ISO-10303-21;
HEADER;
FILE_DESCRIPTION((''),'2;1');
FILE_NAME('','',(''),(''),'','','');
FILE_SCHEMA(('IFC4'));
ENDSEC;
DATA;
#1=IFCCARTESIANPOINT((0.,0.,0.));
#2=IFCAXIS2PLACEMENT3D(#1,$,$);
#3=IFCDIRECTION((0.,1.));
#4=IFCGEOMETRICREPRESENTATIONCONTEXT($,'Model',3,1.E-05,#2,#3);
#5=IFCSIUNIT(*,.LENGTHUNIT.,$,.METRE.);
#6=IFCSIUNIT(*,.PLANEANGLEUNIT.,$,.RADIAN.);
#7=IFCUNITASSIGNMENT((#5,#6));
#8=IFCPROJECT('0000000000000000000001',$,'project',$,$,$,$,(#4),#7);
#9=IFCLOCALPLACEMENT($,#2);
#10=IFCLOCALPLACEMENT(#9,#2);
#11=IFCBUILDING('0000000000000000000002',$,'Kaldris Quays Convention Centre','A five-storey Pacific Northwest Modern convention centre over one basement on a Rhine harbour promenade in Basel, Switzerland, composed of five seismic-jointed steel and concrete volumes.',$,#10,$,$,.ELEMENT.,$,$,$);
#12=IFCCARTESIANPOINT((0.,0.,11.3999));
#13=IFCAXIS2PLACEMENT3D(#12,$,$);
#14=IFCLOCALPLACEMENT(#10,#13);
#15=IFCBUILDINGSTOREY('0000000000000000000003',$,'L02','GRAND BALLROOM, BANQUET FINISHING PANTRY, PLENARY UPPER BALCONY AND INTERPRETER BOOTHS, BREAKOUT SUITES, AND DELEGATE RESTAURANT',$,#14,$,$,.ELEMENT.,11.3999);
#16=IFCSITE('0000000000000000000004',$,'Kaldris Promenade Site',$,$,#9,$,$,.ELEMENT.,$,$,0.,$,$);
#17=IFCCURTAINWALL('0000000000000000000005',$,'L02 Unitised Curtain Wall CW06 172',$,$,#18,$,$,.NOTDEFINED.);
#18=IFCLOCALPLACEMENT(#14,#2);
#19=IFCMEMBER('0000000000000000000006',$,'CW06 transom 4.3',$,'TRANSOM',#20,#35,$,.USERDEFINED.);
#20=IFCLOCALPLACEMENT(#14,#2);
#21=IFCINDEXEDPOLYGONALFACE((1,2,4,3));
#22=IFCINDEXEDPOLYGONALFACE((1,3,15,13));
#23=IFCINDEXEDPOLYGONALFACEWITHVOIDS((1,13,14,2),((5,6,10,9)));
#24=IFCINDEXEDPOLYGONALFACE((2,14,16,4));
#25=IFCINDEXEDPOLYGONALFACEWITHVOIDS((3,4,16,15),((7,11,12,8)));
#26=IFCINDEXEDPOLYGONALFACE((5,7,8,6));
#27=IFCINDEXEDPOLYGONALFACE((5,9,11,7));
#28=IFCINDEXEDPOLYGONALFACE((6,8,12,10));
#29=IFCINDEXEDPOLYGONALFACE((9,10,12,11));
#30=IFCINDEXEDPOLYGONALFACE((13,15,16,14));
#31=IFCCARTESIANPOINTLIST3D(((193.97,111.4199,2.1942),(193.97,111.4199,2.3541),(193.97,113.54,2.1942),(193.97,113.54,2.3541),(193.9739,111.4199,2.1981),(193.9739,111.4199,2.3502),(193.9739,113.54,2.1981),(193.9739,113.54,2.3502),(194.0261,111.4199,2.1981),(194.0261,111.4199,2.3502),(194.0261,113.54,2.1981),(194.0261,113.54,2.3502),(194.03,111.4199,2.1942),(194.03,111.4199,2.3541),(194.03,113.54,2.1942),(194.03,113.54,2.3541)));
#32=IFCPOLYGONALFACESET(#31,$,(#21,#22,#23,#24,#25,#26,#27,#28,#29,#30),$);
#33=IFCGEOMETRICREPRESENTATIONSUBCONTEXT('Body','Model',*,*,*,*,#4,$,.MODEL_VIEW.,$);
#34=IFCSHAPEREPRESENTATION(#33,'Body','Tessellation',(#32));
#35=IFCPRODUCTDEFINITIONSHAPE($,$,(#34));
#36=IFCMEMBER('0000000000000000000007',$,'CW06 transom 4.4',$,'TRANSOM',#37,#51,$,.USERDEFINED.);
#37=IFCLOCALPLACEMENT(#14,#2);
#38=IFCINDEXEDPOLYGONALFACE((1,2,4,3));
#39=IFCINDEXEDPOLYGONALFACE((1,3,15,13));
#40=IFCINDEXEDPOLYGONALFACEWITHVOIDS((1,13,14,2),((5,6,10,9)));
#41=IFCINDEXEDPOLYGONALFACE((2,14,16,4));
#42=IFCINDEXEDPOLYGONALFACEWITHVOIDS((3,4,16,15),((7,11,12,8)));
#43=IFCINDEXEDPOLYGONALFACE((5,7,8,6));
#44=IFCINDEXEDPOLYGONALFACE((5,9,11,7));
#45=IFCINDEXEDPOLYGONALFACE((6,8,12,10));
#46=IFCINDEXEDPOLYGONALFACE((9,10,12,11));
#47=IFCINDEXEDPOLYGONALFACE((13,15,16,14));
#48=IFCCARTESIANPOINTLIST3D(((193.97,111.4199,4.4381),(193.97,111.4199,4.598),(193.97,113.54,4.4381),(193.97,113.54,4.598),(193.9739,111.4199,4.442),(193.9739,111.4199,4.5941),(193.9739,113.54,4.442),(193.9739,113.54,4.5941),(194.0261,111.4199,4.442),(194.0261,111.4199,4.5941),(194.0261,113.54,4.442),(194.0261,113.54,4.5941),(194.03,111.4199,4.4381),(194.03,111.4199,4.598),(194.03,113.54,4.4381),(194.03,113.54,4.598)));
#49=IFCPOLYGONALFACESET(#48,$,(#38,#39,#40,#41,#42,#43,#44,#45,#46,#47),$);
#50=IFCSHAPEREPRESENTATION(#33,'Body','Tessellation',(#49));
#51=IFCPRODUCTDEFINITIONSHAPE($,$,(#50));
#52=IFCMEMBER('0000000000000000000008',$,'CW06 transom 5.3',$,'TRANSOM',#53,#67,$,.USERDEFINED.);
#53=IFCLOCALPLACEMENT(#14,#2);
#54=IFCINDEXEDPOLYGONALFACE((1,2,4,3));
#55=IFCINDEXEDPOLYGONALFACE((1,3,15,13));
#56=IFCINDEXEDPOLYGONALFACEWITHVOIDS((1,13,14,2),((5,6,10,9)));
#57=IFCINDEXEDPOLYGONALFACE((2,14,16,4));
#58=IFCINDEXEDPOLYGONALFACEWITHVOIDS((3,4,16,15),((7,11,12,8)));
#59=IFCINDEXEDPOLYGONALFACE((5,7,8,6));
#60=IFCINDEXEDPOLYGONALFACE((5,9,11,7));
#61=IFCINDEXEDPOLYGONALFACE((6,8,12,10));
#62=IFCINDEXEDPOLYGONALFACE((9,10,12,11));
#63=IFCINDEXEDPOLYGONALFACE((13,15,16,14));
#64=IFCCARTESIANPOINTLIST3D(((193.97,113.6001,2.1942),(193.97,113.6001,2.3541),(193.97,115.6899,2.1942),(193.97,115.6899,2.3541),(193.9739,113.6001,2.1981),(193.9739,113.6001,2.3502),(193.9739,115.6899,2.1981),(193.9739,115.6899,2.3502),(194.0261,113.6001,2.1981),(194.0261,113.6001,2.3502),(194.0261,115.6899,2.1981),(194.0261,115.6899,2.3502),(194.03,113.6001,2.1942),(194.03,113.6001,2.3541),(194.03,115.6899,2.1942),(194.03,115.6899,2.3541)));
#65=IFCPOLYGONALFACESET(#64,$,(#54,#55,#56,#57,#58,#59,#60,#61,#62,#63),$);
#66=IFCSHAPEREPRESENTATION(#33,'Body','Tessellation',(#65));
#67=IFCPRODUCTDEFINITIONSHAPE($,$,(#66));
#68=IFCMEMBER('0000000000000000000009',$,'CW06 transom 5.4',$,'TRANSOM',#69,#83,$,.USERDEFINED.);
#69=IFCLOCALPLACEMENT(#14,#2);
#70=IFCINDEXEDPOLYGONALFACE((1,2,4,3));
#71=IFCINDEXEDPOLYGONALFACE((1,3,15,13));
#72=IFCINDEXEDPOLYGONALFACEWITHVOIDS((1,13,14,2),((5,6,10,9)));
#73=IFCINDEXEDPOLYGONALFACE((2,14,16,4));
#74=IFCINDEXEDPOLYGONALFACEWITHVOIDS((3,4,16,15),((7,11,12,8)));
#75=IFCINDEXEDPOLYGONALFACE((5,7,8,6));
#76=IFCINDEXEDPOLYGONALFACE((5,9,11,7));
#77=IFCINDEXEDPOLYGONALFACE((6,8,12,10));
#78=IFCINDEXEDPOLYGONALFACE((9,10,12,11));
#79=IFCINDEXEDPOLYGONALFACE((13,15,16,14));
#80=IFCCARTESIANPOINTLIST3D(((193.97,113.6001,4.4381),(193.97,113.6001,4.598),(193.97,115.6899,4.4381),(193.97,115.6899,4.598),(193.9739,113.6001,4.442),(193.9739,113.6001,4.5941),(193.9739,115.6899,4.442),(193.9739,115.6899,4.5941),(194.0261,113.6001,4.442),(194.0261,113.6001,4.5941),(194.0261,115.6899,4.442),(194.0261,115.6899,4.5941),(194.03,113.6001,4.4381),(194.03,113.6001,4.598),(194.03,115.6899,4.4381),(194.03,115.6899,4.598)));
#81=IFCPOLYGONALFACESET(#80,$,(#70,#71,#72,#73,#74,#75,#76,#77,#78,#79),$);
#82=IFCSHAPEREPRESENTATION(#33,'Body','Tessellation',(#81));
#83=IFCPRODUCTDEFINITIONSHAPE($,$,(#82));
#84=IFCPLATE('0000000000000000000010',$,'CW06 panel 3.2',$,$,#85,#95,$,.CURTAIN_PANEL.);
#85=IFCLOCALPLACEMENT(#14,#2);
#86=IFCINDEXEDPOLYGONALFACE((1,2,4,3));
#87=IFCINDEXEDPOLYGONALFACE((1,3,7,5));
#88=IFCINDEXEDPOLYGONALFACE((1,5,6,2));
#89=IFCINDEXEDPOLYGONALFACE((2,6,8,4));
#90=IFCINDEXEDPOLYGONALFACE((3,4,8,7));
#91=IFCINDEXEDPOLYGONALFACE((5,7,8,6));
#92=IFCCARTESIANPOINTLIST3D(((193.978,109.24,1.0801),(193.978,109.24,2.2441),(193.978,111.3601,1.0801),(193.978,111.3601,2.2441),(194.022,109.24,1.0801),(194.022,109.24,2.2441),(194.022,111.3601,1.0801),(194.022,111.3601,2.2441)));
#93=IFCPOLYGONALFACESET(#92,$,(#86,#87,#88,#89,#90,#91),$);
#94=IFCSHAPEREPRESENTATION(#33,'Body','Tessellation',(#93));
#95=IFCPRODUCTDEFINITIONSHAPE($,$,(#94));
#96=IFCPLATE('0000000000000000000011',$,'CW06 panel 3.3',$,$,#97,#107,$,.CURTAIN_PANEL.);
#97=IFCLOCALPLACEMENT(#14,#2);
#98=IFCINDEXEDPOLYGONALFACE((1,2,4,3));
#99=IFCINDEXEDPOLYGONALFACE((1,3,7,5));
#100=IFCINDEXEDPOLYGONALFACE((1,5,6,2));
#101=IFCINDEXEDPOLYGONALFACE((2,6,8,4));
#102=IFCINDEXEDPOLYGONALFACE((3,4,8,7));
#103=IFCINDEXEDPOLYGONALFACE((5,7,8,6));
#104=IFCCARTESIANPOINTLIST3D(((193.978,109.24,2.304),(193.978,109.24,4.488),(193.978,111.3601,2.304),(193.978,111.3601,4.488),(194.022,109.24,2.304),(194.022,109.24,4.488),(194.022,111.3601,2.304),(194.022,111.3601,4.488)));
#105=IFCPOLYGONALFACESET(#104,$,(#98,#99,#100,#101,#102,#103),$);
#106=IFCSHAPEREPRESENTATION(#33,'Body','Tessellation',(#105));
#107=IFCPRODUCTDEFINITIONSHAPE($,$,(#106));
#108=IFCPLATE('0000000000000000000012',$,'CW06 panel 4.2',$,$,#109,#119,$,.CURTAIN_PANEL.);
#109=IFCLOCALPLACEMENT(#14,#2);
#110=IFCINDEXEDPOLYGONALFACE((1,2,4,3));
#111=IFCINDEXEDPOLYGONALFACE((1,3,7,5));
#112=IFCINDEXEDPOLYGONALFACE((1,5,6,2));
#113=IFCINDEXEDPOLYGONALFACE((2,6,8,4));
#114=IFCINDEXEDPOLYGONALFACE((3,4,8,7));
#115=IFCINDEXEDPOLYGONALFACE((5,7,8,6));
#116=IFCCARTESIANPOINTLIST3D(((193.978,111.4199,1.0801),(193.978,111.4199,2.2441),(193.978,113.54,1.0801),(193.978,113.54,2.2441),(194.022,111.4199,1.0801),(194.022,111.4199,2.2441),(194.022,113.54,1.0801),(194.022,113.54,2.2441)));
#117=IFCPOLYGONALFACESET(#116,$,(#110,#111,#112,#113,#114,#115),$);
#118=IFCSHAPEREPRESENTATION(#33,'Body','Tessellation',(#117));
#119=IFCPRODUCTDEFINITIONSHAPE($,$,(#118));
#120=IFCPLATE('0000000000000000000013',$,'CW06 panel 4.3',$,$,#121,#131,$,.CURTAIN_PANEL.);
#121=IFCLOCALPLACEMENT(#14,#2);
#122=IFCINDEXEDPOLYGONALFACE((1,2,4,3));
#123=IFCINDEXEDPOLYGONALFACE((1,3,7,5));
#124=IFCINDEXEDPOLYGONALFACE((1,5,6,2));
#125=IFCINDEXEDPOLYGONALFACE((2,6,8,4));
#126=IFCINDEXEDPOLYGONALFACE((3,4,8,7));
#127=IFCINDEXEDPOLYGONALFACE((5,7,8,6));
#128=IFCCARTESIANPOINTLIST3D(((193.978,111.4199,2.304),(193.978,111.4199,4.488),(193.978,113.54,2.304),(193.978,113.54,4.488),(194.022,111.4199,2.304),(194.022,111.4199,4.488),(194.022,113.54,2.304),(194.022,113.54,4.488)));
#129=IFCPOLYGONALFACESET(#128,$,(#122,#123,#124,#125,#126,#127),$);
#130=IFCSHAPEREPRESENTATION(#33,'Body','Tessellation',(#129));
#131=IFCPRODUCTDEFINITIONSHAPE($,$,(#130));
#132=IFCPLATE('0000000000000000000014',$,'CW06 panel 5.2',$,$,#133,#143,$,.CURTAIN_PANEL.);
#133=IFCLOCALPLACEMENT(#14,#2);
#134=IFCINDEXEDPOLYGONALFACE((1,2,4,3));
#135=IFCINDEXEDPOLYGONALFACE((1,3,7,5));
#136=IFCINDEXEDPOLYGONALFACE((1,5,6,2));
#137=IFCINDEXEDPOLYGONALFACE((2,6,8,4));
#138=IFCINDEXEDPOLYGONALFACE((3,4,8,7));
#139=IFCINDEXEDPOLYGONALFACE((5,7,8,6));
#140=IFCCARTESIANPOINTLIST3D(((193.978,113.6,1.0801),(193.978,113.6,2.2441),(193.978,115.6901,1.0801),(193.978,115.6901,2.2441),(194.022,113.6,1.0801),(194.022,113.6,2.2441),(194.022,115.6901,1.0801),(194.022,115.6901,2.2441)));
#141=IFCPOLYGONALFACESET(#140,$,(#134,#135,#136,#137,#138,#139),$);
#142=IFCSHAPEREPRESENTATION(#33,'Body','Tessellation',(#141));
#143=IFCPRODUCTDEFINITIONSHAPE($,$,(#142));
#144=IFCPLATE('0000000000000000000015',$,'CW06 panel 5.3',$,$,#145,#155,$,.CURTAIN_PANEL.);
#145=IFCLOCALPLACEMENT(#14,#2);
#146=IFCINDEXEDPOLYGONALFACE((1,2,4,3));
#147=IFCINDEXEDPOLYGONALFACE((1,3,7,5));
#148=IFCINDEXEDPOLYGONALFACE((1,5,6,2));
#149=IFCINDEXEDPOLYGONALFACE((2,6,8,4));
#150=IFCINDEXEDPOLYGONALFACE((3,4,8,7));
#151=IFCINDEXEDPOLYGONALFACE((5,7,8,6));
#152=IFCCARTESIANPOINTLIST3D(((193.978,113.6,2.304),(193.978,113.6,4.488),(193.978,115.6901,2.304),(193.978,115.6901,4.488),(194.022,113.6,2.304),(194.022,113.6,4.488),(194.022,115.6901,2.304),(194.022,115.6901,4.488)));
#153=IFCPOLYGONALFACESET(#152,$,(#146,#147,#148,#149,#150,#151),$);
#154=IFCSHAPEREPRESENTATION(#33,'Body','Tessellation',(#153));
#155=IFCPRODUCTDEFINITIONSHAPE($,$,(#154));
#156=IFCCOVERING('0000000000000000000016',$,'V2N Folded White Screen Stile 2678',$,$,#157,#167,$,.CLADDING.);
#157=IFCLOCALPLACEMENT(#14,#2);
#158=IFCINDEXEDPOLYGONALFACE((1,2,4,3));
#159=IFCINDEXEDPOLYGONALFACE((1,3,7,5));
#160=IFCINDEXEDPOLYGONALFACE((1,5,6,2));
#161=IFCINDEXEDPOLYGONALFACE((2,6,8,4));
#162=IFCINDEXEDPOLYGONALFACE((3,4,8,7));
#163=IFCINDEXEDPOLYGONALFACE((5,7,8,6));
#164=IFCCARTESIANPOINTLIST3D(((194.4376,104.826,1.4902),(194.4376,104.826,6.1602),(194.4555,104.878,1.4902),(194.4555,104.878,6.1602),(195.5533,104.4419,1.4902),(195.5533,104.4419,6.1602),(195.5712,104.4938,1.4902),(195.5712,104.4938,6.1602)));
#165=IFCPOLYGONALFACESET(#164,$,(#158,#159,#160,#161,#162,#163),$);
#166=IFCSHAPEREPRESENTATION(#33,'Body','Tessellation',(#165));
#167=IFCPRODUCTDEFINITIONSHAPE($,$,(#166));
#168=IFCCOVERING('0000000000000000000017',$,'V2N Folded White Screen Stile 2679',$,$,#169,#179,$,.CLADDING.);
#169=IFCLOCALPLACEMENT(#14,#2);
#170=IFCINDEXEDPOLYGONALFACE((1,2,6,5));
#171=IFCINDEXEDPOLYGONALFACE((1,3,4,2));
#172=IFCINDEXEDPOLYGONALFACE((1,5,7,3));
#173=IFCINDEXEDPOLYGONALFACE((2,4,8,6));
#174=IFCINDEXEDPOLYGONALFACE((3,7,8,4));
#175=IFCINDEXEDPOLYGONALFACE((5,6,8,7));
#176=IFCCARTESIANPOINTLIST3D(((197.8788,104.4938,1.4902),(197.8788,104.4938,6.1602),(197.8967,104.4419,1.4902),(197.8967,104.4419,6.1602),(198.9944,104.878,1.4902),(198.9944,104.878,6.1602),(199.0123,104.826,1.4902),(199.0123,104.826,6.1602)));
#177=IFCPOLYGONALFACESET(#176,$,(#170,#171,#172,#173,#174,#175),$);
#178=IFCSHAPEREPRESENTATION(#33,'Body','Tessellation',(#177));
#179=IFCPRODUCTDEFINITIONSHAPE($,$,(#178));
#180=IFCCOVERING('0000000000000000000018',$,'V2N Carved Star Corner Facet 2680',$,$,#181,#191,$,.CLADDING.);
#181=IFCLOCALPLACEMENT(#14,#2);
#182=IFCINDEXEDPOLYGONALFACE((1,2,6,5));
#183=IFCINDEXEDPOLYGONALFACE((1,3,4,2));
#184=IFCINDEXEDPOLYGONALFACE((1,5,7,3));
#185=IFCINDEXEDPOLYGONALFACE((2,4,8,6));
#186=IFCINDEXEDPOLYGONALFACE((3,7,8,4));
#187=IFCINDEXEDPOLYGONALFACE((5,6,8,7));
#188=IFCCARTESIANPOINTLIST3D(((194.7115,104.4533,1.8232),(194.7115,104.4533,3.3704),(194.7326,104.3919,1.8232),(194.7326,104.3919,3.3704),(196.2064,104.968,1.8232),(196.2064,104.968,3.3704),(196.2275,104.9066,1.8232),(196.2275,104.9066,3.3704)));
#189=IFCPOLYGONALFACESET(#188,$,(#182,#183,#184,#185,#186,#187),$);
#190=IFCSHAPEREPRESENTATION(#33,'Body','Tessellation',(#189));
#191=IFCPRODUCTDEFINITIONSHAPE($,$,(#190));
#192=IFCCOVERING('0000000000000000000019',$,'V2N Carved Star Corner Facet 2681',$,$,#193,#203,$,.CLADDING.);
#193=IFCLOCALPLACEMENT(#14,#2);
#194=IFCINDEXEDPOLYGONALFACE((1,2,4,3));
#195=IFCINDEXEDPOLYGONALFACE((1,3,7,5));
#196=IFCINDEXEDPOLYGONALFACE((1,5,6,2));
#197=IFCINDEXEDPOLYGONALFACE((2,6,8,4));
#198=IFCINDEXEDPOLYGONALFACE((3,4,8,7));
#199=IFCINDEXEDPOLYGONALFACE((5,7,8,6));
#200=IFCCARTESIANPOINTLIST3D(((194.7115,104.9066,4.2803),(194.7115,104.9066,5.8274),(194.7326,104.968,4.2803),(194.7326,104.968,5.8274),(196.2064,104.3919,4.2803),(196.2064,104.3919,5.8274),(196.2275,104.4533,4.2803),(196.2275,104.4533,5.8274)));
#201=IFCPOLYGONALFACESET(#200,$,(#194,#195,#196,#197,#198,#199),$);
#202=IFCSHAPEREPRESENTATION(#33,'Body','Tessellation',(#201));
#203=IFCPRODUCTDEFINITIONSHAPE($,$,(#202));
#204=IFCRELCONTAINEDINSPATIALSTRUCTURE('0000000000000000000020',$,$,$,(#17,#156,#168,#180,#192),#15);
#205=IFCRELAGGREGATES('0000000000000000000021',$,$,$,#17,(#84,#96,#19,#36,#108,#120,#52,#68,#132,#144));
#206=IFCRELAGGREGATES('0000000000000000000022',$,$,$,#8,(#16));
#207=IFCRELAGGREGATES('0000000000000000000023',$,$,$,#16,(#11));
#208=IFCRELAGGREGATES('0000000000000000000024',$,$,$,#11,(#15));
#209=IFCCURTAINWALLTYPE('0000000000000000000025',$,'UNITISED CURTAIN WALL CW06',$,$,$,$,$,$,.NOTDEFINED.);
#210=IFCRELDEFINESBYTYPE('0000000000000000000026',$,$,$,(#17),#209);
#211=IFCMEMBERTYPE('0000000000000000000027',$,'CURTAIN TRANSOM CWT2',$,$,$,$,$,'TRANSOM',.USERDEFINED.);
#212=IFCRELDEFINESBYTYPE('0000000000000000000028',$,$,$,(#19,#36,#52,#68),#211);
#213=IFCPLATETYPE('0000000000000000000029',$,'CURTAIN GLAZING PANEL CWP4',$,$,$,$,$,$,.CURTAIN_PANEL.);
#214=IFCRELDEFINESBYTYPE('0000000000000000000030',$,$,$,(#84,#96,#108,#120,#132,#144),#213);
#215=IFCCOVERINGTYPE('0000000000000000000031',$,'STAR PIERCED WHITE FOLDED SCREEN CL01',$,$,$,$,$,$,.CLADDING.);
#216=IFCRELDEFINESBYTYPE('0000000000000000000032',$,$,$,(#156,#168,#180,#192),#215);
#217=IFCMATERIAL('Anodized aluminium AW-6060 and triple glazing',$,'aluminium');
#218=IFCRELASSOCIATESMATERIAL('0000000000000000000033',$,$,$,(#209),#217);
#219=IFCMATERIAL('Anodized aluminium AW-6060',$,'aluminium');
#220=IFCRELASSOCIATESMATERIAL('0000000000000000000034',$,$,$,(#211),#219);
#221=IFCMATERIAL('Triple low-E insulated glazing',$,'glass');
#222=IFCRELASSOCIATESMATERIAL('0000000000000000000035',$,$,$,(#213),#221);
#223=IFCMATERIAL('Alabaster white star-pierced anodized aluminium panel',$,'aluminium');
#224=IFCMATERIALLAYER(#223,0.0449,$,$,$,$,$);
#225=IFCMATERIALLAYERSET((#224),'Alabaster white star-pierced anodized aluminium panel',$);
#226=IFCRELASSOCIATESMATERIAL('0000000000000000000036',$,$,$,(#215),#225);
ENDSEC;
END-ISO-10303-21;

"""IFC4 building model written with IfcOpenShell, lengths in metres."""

from ifc_helpers import new_model, si_unit, direction, frame, origin, origin_2d, place, context, subcontext, project, spatial, rectangle, hollow_rectangle, extrude, material, layer, layer_set, material_profile, profile_set, type_object, element, aggregate, save


model = new_model("IFC4")

# Units and contexts
model_context = context("Model", 3, precision=1e-05, world=origin(), true_north=direction((0.0, 1.0)))
body_context = subcontext(model_context, "Body", "Model", "MODEL_VIEW")
ifc_project = project(units=[si_unit("LENGTHUNIT", "METRE"), si_unit("PLANEANGLEUNIT", "RADIAN")], contexts=[model_context])

# Site, building, storey
site_placement = place(None, origin())
site = spatial("IfcSite", under=ifc_project, at=site_placement, Name="Kaldris Promenade Site", CompositionType="ELEMENT", RefElevation=0.0)
building_placement = place(site_placement, origin())
building = spatial("IfcBuilding", under=site, at=building_placement, Name="Kaldris Quays Convention Centre", Description="A five-storey Pacific Northwest Modern convention centre over one basement on a Rhine harbour promenade in Basel, Switzerland, composed of five seismic-jointed steel and concrete volumes.", CompositionType="ELEMENT")
storey_placement = place(building_placement, frame((0.0, 0.0, 11.3999)))
storey = spatial("IfcBuildingStorey", under=building, at=storey_placement, Name="L02", Description="GRAND BALLROOM, BANQUET FINISHING PANTRY, PLENARY UPPER BALCONY AND INTERPRETER BOOTHS, BREAKOUT SUITES, AND DELEGATE RESTAURANT", CompositionType="ELEMENT", Elevation=11.3999)

# Curtain wall, members, plates
ifc_material_1 = material(Name="Anodized aluminium AW-6060 and triple glazing", Category="aluminium")
curtain_wall_type = type_object("IfcCurtainWallType", Name="UNITISED CURTAIN WALL CW06", PredefinedType="NOTDEFINED", material=ifc_material_1)
curtain_wall_placement = place(storey_placement, origin())
curtain_wall = element("IfcCurtainWall", 1, at=curtain_wall_placement, inside=storey, type_object=curtain_wall_type, Name="L02 Unitised Curtain Wall CW06 172", PredefinedType="NOTDEFINED")
ifc_material_2 = material(Name="Anodized aluminium AW-6060", Category="aluminium")
ifc_material_profile = material_profile(ifc_material_2, hollow_rectangle(XDim=0.0601, YDim=0.1599, WallThickness=0.0039, at=origin_2d()), Name="RHS 160x60x4")
ifc_profile_set = profile_set([ifc_material_profile], Name="Anodized aluminium AW-6060")
member_type = type_object("IfcMemberType", Name="CURTAIN TRANSOM CWT2", ElementType="TRANSOM", PredefinedType="USERDEFINED", material=ifc_profile_set)
member_1_placement = place(storey_placement, frame((194.0, 111.4199, 2.2742), z_axis=(0.0, 1.0, 0.0), x_axis=(-1.0, 0.0, 0.0)))
member_1 = element("IfcMember", 2, at=member_1_placement, type_object=member_type, Name="CW06 transom 4.3", ObjectType="TRANSOM", PredefinedType="USERDEFINED", context=body_context, shape_type="SweptSolid", body=[
    extrude(hollow_rectangle(XDim=0.0601, YDim=0.1599, WallThickness=0.0039, at=origin_2d()), origin(), (0.0, 0.0, 1.0), 2.1201),
])
member_2_placement = place(storey_placement, frame((194.0, 111.4199, 4.5181), z_axis=(0.0, 1.0, 0.0), x_axis=(-1.0, 0.0, 0.0)))
member_2 = element("IfcMember", 3, at=member_2_placement, type_object=member_type, Name="CW06 transom 4.4", ObjectType="TRANSOM", PredefinedType="USERDEFINED", context=body_context, shape_type="SweptSolid", body=[
    extrude(hollow_rectangle(XDim=0.0601, YDim=0.1599, WallThickness=0.0039, at=origin_2d()), origin(), (0.0, 0.0, 1.0), 2.1201),
])
member_3_placement = place(storey_placement, frame((194.0, 113.6001, 2.2742), z_axis=(0.0, 1.0, 0.0), x_axis=(-1.0, 0.0, 0.0)))
member_3 = element("IfcMember", 4, at=member_3_placement, type_object=member_type, Name="CW06 transom 5.3", ObjectType="TRANSOM", PredefinedType="USERDEFINED", context=body_context, shape_type="SweptSolid", body=[
    extrude(hollow_rectangle(XDim=0.0601, YDim=0.1599, WallThickness=0.0039, at=origin_2d()), origin(), (0.0, 0.0, 1.0), 2.0898),
])
member_4_placement = place(storey_placement, frame((194.0, 113.6001, 4.5181), z_axis=(0.0, 1.0, 0.0), x_axis=(-1.0, 0.0, 0.0)))
member_4 = element("IfcMember", 5, at=member_4_placement, type_object=member_type, Name="CW06 transom 5.4", ObjectType="TRANSOM", PredefinedType="USERDEFINED", context=body_context, shape_type="SweptSolid", body=[
    extrude(hollow_rectangle(XDim=0.0601, YDim=0.1599, WallThickness=0.0039, at=origin_2d()), origin(), (0.0, 0.0, 1.0), 2.0898),
])
ifc_material_3 = material(Name="Triple low-E insulated glazing", Category="glass")
plate_type = type_object("IfcPlateType", Name="CURTAIN GLAZING PANEL CWP4", PredefinedType="CURTAIN_PANEL", material=ifc_material_3)
plate_1_placement = place(storey_placement, frame((194.0, 110.3, 1.0801), z_axis=(0.0, 0.0, 1.0), x_axis=(0.0, 1.0, 0.0)))
plate_1 = element("IfcPlate", 6, at=plate_1_placement, type_object=plate_type, Name="CW06 panel 3.2", PredefinedType="CURTAIN_PANEL", context=body_context, shape_type="SweptSolid", body=[
    extrude(rectangle(XDim=2.1201, YDim=0.0439, at=origin_2d()), origin(), (0.0, 0.0, 1.0), 1.1641),
])
plate_2_placement = place(storey_placement, frame((194.0, 110.3, 2.304), z_axis=(0.0, 0.0, 1.0), x_axis=(0.0, 1.0, 0.0)))
plate_2 = element("IfcPlate", 7, at=plate_2_placement, type_object=plate_type, Name="CW06 panel 3.3", PredefinedType="CURTAIN_PANEL", context=body_context, shape_type="SweptSolid", body=[
    extrude(rectangle(XDim=2.1201, YDim=0.0439, at=origin_2d()), origin(), (0.0, 0.0, 1.0), 2.1841),
])
plate_3_placement = place(storey_placement, frame((194.0, 112.48, 1.0801), z_axis=(0.0, 0.0, 1.0), x_axis=(0.0, 1.0, 0.0)))
plate_3 = element("IfcPlate", 8, at=plate_3_placement, type_object=plate_type, Name="CW06 panel 4.2", PredefinedType="CURTAIN_PANEL", context=body_context, shape_type="SweptSolid", body=[
    extrude(rectangle(XDim=2.1201, YDim=0.0439, at=origin_2d()), origin(), (0.0, 0.0, 1.0), 1.1641),
])
plate_4_placement = place(storey_placement, frame((194.0, 112.48, 2.304), z_axis=(0.0, 0.0, 1.0), x_axis=(0.0, 1.0, 0.0)))
plate_4 = element("IfcPlate", 9, at=plate_4_placement, type_object=plate_type, Name="CW06 panel 4.3", PredefinedType="CURTAIN_PANEL", context=body_context, shape_type="SweptSolid", body=[
    extrude(rectangle(XDim=2.1201, YDim=0.0439, at=origin_2d()), origin(), (0.0, 0.0, 1.0), 2.1841),
])
plate_5_placement = place(storey_placement, frame((194.0, 114.645, 1.0801), z_axis=(0.0, 0.0, 1.0), x_axis=(0.0, 1.0, 0.0)))
plate_5 = element("IfcPlate", 10, at=plate_5_placement, type_object=plate_type, Name="CW06 panel 5.2", PredefinedType="CURTAIN_PANEL", context=body_context, shape_type="SweptSolid", body=[
    extrude(rectangle(XDim=2.0901, YDim=0.0439, at=origin_2d()), origin(), (0.0, 0.0, 1.0), 1.1641),
])
plate_6_placement = place(storey_placement, frame((194.0, 114.645, 2.304), z_axis=(0.0, 0.0, 1.0), x_axis=(0.0, 1.0, 0.0)))
plate_6 = element("IfcPlate", 11, at=plate_6_placement, type_object=plate_type, Name="CW06 panel 5.3", PredefinedType="CURTAIN_PANEL", context=body_context, shape_type="SweptSolid", body=[
    extrude(rectangle(XDim=2.0901, YDim=0.0439, at=origin_2d()), origin(), (0.0, 0.0, 1.0), 2.1841),
])
aggregate(curtain_wall, [plate_1, plate_2, member_1, member_2, plate_3, plate_4, member_3, member_4, plate_5, plate_6])

# Coverings
ifc_material_4 = material(Name="Alabaster white star-pierced anodized aluminium panel", Category="aluminium")
ifc_layer = layer(ifc_material_4, 0.0449)
ifc_layer_set = layer_set([ifc_layer], Name="Alabaster white star-pierced anodized aluminium panel")
covering_type = type_object("IfcCoveringType", Name="STAR PIERCED WHITE FOLDED SCREEN CL01", PredefinedType="CLADDING", material=ifc_layer_set)
for number, where, z_axis, x_axis, name in (
    (12, (195.0044, 104.6599, 1.4902), (0.0, 0.0, 1.0), (0.945519, -0.325568, 0.0), "V2N Folded White Screen Stile 2678"),
    (13, (198.4456, 104.6599, 1.4902), (0.0, 0.0, 1.0), (0.945519, 0.325568, 0.0), "V2N Folded White Screen Stile 2679"),
):
    element("IfcCovering", number, at=place(storey_placement, frame(where, z_axis=z_axis, x_axis=x_axis)), inside=storey, type_object=covering_type, Name=name, PredefinedType="CLADDING", context=body_context, shape_type="SweptSolid", body=[
        extrude(rectangle(XDim=1.1799, YDim=0.0549, at=origin_2d()), origin(), (0.0, 0.0, 1.0), 4.6699),
    ])
for number, where, z_axis, x_axis, name in (
    (14, (195.4695, 104.6799, 1.8232), (0.0, 0.0, 1.0), (0.945519, 0.325568, 0.0), "V2N Carved Star Corner Facet 2680"),
    (15, (195.4695, 104.6799, 4.2803), (0.0, 0.0, 1.0), (0.945519, -0.325568, 0.0), "V2N Carved Star Corner Facet 2681"),
):
    element("IfcCovering", number, at=place(storey_placement, frame(where, z_axis=z_axis, x_axis=x_axis)), inside=storey, type_object=covering_type, Name=name, PredefinedType="CLADDING", context=body_context, shape_type="SweptSolid", body=[
        extrude(rectangle(XDim=1.5811, YDim=0.0649, at=origin_2d()), origin(), (0.0, 0.0, 1.0), 1.5471),
    ])

save(model, "model.ifc")
